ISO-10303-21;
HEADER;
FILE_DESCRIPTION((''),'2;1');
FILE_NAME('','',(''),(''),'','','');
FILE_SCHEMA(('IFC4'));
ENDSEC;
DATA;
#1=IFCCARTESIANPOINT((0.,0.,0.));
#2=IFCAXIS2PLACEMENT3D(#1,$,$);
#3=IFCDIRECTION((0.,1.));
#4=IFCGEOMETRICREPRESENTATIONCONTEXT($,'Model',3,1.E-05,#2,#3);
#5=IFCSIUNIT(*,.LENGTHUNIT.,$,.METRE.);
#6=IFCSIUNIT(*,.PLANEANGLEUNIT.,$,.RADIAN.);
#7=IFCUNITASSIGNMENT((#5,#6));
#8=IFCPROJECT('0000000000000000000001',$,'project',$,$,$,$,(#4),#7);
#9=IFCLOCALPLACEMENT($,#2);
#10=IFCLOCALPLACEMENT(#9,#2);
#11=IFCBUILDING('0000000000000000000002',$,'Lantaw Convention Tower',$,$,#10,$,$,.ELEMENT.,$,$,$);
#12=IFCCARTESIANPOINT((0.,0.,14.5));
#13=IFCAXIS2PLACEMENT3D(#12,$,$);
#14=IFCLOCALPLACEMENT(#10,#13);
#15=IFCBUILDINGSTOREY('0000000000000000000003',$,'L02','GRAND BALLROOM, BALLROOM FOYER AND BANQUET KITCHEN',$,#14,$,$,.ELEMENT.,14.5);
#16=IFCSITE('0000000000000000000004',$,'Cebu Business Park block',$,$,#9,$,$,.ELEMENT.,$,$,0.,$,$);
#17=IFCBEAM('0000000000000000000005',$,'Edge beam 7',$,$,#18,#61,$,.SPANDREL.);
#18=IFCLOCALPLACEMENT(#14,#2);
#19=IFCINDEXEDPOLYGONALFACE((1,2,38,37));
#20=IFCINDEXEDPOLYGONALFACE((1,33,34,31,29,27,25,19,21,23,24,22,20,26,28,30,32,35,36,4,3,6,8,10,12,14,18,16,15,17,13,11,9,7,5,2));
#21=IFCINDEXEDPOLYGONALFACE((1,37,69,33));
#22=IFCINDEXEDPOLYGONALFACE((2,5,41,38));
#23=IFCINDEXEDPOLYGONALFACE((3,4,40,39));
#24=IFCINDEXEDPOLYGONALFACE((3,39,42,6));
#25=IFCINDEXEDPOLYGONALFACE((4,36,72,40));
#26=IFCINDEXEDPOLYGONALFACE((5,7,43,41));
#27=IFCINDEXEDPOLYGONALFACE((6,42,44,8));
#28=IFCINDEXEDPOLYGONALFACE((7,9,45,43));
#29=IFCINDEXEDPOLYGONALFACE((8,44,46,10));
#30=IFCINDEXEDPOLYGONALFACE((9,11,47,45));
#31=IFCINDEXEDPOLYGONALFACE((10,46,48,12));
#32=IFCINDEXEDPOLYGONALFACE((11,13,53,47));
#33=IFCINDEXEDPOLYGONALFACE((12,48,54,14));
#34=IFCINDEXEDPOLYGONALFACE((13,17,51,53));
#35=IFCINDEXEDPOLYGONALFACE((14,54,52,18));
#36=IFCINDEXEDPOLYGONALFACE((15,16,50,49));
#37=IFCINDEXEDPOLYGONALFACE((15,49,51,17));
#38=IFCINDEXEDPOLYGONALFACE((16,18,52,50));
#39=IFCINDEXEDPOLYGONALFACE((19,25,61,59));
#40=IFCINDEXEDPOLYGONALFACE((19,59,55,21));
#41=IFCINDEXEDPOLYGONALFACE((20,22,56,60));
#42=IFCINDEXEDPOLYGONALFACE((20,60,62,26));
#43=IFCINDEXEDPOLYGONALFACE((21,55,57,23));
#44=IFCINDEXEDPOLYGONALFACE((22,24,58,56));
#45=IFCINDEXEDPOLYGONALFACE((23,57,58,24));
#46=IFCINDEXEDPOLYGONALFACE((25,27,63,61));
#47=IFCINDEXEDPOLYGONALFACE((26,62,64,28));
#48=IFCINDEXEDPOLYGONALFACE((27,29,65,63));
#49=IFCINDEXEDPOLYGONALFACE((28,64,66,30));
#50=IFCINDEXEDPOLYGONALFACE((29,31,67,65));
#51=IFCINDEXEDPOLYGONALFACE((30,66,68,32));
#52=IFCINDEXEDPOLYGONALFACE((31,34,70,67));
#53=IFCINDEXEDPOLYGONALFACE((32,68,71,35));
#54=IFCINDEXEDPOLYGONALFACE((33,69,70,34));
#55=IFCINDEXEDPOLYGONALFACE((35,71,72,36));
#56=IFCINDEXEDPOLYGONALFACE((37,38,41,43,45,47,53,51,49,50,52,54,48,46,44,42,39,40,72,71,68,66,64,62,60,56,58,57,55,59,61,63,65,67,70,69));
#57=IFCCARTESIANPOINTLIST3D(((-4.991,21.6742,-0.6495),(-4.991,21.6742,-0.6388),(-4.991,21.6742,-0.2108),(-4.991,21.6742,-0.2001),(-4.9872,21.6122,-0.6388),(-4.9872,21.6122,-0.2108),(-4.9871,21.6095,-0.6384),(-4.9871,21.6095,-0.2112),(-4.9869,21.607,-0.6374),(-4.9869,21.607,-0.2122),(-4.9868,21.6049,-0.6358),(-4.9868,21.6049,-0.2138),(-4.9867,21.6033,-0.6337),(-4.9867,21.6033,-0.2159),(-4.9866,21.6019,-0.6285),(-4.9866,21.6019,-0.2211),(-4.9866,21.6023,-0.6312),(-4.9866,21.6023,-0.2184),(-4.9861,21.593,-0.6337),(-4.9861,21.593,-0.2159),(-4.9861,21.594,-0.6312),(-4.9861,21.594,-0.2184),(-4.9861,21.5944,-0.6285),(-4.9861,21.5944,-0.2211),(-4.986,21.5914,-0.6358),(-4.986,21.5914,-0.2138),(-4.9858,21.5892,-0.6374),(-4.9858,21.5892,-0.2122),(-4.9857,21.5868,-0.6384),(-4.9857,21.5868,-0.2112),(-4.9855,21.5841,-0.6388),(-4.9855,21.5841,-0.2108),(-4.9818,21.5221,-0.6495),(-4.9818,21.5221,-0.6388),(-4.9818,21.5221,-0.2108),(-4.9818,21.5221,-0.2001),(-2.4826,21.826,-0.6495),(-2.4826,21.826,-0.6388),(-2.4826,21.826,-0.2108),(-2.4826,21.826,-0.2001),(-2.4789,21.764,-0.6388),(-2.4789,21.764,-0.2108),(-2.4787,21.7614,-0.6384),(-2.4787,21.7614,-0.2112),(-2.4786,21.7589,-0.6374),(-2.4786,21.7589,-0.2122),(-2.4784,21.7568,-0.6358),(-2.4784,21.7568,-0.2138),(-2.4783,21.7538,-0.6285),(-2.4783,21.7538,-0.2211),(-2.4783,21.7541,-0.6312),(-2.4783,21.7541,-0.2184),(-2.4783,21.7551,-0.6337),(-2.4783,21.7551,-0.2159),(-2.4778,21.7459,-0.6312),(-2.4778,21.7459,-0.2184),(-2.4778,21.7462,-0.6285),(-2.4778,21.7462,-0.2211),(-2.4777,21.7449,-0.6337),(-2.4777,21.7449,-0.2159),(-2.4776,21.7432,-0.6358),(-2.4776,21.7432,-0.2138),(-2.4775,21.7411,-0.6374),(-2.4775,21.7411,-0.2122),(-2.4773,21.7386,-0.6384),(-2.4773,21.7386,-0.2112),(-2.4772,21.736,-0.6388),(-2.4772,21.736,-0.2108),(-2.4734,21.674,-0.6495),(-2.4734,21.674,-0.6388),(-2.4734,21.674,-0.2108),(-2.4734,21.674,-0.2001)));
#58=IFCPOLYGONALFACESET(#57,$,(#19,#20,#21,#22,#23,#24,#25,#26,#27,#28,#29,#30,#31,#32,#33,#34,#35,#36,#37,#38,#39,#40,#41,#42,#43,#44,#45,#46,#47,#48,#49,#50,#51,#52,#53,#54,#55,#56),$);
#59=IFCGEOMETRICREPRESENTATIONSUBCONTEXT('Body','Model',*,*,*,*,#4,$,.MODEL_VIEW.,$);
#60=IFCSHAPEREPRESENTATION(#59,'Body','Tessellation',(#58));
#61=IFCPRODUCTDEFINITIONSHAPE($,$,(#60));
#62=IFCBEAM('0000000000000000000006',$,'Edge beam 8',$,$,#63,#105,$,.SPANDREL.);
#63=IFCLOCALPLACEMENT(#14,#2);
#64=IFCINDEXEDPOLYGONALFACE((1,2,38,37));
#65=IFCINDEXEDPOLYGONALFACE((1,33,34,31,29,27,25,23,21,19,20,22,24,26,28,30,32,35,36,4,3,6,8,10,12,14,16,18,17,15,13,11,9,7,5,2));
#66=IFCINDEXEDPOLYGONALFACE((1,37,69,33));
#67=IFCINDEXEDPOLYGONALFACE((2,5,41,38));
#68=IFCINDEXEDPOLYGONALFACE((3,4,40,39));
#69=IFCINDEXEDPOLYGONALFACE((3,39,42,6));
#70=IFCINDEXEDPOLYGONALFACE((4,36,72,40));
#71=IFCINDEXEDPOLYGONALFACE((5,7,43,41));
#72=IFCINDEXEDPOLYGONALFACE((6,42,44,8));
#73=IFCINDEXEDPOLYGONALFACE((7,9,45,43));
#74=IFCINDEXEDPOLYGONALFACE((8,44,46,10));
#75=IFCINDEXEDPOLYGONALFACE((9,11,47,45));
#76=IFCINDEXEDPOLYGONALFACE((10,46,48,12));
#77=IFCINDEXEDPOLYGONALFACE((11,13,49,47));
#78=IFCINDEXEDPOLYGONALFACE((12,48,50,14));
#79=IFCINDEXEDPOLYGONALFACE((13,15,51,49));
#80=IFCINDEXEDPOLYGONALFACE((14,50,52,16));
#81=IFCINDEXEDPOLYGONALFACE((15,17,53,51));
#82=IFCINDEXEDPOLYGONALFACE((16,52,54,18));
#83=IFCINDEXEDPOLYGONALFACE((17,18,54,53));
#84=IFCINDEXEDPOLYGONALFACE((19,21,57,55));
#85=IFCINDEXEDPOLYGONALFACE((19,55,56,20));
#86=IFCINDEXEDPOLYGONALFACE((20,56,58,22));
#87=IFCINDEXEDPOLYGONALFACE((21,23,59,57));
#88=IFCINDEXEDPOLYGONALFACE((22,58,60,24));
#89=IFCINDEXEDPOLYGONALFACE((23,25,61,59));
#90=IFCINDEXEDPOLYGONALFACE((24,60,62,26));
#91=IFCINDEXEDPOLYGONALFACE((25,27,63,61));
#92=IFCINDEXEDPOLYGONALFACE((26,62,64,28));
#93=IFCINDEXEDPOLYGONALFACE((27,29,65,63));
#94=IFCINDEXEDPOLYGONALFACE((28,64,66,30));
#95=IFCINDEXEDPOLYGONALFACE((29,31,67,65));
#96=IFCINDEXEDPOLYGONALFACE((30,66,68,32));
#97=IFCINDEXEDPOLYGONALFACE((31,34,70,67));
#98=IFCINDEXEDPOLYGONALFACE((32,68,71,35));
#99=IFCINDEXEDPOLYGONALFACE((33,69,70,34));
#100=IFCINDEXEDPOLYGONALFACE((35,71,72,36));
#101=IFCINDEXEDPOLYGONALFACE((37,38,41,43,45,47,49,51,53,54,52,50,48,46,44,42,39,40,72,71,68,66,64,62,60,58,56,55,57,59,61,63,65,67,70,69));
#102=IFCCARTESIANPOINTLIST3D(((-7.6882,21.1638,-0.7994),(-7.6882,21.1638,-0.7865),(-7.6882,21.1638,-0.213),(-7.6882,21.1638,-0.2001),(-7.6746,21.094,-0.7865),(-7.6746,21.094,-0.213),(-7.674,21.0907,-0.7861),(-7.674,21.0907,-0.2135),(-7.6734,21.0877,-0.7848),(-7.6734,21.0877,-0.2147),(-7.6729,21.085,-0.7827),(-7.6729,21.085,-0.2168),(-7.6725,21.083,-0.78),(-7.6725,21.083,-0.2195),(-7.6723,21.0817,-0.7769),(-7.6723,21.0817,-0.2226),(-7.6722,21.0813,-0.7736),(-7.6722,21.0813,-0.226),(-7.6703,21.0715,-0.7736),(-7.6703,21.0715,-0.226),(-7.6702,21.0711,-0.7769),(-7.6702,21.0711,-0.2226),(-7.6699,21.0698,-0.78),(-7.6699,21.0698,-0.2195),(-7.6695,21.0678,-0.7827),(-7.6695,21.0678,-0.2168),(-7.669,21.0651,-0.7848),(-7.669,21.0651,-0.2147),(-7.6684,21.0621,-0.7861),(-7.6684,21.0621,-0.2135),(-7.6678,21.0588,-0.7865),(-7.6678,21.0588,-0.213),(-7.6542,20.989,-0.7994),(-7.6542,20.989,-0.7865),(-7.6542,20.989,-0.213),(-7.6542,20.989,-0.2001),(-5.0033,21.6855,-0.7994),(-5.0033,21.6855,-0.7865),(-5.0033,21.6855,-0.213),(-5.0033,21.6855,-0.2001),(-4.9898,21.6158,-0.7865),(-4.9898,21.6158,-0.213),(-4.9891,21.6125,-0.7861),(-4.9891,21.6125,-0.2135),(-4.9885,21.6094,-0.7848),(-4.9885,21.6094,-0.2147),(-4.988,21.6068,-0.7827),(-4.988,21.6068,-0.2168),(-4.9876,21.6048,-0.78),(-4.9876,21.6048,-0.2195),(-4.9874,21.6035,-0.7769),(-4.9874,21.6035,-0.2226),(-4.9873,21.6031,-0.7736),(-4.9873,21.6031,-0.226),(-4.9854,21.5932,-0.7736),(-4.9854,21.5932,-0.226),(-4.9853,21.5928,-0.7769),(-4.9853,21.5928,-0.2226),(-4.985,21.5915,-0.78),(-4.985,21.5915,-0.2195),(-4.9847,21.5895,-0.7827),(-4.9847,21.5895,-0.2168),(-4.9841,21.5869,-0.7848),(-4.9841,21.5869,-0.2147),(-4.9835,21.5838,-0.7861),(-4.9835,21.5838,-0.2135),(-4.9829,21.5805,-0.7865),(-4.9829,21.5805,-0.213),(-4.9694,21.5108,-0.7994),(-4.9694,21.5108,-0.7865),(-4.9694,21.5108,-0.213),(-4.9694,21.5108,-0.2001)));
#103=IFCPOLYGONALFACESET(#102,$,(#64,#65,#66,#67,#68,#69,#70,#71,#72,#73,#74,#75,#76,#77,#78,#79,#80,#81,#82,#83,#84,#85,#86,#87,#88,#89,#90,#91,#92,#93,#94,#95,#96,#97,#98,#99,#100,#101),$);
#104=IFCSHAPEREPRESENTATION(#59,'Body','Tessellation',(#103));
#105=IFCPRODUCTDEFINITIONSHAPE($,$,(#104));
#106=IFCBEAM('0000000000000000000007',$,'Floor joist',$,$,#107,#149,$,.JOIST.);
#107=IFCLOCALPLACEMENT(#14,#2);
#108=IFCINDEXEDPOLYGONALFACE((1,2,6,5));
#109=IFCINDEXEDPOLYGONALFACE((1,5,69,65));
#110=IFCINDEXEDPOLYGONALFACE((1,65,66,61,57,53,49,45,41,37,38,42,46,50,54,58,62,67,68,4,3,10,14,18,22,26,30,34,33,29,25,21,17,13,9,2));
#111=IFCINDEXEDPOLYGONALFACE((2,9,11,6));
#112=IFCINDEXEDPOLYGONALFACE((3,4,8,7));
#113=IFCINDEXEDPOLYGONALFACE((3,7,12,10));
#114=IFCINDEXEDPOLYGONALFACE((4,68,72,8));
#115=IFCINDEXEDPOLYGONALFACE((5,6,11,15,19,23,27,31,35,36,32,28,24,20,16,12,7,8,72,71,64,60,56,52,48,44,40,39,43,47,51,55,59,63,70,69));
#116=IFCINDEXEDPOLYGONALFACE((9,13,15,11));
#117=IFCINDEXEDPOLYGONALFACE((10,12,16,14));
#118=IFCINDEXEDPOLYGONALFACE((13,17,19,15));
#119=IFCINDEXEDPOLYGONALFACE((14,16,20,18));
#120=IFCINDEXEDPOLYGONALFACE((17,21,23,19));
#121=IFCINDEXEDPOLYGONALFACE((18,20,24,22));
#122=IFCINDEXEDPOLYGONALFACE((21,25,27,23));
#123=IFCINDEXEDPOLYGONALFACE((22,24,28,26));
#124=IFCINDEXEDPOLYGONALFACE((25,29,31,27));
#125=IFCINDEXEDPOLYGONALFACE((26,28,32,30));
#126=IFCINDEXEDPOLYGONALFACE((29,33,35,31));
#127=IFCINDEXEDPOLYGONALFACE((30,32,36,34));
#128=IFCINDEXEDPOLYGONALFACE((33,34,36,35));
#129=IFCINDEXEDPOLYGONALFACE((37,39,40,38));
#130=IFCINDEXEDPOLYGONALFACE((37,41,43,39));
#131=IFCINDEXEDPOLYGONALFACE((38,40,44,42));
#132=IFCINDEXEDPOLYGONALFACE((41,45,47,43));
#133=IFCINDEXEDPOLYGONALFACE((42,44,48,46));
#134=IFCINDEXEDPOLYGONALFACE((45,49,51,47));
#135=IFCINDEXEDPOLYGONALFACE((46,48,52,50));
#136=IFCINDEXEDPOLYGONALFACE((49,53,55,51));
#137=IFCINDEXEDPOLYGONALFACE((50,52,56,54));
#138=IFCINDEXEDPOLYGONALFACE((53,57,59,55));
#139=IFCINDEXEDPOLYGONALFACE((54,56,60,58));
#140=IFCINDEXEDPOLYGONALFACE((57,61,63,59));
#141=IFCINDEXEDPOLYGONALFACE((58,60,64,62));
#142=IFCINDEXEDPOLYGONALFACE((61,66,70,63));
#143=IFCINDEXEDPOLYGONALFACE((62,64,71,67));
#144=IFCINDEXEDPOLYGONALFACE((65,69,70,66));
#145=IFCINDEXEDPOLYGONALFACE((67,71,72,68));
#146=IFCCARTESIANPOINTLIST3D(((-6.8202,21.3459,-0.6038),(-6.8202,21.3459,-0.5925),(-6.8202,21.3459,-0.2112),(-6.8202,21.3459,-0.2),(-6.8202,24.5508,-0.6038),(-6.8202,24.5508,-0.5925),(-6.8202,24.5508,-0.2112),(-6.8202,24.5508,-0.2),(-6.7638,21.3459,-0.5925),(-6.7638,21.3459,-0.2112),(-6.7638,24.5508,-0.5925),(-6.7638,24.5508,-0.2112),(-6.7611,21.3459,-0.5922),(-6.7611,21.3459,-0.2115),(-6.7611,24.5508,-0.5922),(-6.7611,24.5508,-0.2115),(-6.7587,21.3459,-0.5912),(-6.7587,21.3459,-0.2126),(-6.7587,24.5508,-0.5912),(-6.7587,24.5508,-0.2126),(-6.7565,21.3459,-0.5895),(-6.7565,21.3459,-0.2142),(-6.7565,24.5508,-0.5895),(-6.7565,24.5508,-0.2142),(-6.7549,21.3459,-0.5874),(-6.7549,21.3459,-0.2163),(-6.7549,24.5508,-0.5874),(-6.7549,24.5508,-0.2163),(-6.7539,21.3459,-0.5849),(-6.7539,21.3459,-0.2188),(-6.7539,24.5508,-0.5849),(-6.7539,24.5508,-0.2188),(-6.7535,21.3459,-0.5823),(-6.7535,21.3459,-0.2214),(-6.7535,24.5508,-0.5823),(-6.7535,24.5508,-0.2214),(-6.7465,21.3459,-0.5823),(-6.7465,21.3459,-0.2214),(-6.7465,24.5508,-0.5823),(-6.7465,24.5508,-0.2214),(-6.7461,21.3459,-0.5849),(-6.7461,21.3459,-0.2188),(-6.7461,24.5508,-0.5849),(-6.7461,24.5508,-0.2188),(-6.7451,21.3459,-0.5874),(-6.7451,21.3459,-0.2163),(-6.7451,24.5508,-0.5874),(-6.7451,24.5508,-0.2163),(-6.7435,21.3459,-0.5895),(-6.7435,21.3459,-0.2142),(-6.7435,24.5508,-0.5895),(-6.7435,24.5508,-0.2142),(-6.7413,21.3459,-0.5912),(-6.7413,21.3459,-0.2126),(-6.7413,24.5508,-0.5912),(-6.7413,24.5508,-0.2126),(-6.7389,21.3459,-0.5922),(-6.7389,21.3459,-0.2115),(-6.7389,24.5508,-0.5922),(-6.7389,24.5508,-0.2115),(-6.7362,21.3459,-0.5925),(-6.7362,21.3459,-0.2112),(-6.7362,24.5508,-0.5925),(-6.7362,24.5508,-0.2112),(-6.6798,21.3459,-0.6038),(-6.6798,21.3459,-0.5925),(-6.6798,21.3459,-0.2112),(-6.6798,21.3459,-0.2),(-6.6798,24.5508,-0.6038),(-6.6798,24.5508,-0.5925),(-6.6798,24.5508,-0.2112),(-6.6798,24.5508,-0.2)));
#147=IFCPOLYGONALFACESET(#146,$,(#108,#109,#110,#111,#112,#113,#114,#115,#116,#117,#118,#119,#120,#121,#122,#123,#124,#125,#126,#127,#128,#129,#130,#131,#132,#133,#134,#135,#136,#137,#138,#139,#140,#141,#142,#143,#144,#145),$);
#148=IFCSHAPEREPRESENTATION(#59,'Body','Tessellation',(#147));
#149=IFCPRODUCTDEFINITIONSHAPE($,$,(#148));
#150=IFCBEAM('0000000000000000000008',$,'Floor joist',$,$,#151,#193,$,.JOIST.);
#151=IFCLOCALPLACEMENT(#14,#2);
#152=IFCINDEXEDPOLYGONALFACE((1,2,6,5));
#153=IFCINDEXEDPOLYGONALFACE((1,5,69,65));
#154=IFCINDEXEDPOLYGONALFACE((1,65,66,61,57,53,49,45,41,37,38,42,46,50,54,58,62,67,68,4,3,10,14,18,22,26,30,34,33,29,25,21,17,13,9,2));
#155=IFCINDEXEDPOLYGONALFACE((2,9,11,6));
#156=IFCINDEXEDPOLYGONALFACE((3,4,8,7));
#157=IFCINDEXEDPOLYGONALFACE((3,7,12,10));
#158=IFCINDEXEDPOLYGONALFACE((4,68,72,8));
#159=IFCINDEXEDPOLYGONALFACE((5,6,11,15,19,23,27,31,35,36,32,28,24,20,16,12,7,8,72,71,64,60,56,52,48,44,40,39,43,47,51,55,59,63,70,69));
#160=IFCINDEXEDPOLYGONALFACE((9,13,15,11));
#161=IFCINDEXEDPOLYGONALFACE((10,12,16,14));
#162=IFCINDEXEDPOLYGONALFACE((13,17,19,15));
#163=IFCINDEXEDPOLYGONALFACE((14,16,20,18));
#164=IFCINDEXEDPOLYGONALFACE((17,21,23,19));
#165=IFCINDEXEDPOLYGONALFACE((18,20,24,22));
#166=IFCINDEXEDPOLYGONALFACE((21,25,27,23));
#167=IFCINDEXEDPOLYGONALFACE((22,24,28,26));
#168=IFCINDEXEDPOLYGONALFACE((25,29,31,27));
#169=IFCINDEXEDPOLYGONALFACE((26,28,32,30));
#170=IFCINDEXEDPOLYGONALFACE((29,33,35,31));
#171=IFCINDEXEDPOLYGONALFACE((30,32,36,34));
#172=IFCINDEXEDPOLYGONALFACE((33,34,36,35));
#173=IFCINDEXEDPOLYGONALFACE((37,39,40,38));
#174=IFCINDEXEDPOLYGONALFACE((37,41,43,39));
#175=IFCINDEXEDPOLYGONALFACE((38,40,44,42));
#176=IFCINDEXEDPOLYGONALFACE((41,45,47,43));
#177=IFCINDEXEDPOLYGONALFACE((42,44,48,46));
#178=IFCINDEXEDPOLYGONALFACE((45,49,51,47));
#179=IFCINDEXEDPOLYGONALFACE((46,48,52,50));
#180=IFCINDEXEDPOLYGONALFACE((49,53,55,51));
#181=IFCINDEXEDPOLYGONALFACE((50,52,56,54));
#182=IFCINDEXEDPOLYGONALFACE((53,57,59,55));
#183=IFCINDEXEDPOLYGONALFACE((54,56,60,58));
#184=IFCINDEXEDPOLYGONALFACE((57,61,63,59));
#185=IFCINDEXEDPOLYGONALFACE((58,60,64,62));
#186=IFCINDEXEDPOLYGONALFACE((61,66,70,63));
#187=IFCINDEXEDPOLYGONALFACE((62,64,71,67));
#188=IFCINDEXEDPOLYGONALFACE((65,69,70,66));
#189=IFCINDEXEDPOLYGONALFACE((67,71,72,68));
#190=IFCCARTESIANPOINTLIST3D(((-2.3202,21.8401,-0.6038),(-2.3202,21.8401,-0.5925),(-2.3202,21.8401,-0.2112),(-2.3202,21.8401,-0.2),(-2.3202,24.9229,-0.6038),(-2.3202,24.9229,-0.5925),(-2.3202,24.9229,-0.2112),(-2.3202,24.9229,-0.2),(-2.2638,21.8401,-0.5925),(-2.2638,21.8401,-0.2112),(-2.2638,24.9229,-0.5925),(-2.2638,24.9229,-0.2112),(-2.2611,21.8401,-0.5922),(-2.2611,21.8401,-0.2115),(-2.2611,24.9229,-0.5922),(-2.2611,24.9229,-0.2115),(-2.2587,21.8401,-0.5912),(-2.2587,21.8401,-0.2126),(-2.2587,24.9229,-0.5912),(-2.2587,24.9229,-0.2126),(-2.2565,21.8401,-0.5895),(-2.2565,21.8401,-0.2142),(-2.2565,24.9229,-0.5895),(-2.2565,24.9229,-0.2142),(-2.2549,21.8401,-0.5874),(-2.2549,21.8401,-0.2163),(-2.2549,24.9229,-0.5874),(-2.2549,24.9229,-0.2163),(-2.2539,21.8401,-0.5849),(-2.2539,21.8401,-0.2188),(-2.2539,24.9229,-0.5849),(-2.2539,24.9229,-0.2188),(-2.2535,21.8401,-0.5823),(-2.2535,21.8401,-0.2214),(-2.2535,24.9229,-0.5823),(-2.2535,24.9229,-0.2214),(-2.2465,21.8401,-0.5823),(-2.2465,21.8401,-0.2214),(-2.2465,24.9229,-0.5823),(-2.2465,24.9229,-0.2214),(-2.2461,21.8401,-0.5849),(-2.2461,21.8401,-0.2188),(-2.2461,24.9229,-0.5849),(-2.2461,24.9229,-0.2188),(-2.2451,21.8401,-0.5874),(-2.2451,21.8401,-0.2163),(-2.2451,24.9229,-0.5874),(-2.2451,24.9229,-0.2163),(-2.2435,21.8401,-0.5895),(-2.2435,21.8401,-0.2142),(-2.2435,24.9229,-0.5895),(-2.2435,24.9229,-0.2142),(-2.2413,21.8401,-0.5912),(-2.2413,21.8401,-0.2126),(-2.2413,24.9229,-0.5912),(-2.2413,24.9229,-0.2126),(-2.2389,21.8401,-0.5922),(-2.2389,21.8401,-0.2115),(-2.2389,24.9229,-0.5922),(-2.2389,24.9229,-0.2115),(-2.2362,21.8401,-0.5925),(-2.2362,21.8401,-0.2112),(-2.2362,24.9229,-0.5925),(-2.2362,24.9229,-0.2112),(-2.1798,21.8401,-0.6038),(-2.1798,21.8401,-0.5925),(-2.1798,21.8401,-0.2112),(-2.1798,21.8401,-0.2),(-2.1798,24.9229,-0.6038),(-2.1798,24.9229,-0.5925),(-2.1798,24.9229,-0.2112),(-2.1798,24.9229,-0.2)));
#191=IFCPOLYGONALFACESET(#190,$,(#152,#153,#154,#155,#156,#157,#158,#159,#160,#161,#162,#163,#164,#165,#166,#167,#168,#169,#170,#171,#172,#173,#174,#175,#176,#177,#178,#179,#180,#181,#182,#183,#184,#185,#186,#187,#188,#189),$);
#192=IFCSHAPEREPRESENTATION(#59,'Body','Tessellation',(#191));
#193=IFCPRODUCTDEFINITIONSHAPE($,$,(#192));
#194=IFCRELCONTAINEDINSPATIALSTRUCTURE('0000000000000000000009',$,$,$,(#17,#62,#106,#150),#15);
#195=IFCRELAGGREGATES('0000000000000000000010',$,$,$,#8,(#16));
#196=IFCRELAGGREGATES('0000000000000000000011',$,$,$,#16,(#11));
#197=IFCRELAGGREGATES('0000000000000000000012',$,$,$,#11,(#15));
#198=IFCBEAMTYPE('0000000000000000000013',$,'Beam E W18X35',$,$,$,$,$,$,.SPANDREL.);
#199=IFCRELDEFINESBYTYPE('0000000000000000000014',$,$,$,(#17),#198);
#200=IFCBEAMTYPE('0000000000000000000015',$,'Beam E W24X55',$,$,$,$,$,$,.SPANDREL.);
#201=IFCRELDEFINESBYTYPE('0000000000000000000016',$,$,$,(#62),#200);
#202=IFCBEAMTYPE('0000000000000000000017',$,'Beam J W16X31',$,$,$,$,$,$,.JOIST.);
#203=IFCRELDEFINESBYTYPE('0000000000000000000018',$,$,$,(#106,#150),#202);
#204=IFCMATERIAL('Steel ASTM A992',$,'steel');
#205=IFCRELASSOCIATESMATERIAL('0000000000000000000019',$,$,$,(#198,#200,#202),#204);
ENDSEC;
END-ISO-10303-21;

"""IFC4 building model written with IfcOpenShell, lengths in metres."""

from ifc_helpers import new_model, si_unit, direction, frame, origin, origin_2d, place, context, subcontext, project, spatial, i_section, extrude, material, material_profile, profile_set, type_object, element, save


model = new_model("IFC4")

# Units and contexts
model_context = context("Model", 3, precision=1e-05, world=origin(), true_north=direction((0.0, 1.0)))
body_context = subcontext(model_context, "Body", "Model", "MODEL_VIEW")
ifc_project = project(units=[si_unit("LENGTHUNIT", "METRE"), si_unit("PLANEANGLEUNIT", "RADIAN")], contexts=[model_context])

# Site, building, storey
site_placement = place(None, origin())
site = spatial("IfcSite", under=ifc_project, at=site_placement, Name="Cebu Business Park block", CompositionType="ELEMENT", RefElevation=0.0)
building_placement = place(site_placement, origin())
building = spatial("IfcBuilding", under=site, at=building_placement, Name="Lantaw Convention Tower", CompositionType="ELEMENT")
storey_placement = place(building_placement, frame((0.0, 0.0, 14.5)))
storey = spatial("IfcBuildingStorey", under=building, at=storey_placement, Name="L02", Description="GRAND BALLROOM, BALLROOM FOYER AND BANQUET KITCHEN", CompositionType="ELEMENT", Elevation=14.5)

# Beams
ifc_material_1 = material(Name="Steel ASTM A992", Category="steel")
ifc_material_profile_1 = material_profile(ifc_material_1, i_section(OverallWidth=0.1523, OverallDepth=0.4495, WebThickness=0.0076, FlangeThickness=0.0107, FilletRadius=0.0103, at=origin_2d()), Name="W18X35")
ifc_profile_set_1 = profile_set([ifc_material_profile_1], Name="Steel ASTM A992")
beam_type_1 = type_object("IfcBeamType", Name="Beam E W18X35", PredefinedType="SPANDREL", material=ifc_profile_set_1)
beam_1_placement = place(storey_placement, frame((-2.478, 21.75, -0.4248), z_axis=(-0.998172, -0.060431, 0.0), x_axis=(0.060431, -0.998172, 0.0)))
element("IfcBeam", 1, at=beam_1_placement, inside=storey, type_object=beam_type_1, Name="Edge beam 7", PredefinedType="SPANDREL", context=body_context, shape_type="SweptSolid", body=[
    extrude(i_section(OverallWidth=0.1523, OverallDepth=0.4495, WebThickness=0.0076, FlangeThickness=0.0107, FilletRadius=0.0103, at=origin_2d()), origin(), (0.0, 0.0, 1.0), 2.5129),
])
ifc_material_profile_2 = material_profile(ifc_material_1, i_section(OverallWidth=0.178, OverallDepth=0.5994, WebThickness=0.01, FlangeThickness=0.0129, FilletRadius=0.0129, at=origin_2d()), Name="W24X55")
ifc_profile_set_2 = profile_set([ifc_material_profile_2], Name="Steel ASTM A992")
beam_type_2 = type_object("IfcBeamType", Name="Beam E W24X55", PredefinedType="SPANDREL", material=ifc_profile_set_2)
beam_2_placement = place(storey_placement, frame((-4.9863, 21.5981, -0.4998), z_axis=(-0.981637, -0.190757, 0.0), x_axis=(0.190757, -0.981637, 0.0)))
element("IfcBeam", 2, at=beam_2_placement, inside=storey, type_object=beam_type_2, Name="Edge beam 8", PredefinedType="SPANDREL", context=body_context, shape_type="SweptSolid", body=[
    extrude(i_section(OverallWidth=0.178, OverallDepth=0.5994, WebThickness=0.01, FlangeThickness=0.0129, FilletRadius=0.0129, at=origin_2d()), origin(), (0.0, 0.0, 1.0), 2.7351),
])
ifc_material_profile_3 = material_profile(ifc_material_1, i_section(OverallWidth=0.1404, OverallDepth=0.4038, WebThickness=0.0071, FlangeThickness=0.0112, FilletRadius=0.0103, at=origin_2d()), Name="W16X31")
ifc_profile_set_3 = profile_set([ifc_material_profile_3], Name="Steel ASTM A992")
beam_type_3 = type_object("IfcBeamType", Name="Beam J W16X31", PredefinedType="JOIST", material=ifc_profile_set_3)
beam_3_placement = place(storey_placement, frame((-6.75, 21.3459, -0.4019), z_axis=(0.0, 1.0, 0.0), x_axis=(-1.0, 0.0, 0.0)))
element("IfcBeam", 3, at=beam_3_placement, inside=storey, type_object=beam_type_3, Name="Floor joist", PredefinedType="JOIST", context=body_context, shape_type="SweptSolid", body=[
    extrude(i_section(OverallWidth=0.1404, OverallDepth=0.4038, WebThickness=0.0071, FlangeThickness=0.0112, FilletRadius=0.0103, at=origin_2d()), origin(), (0.0, 0.0, 1.0), 3.2048),
])
beam_4_placement = place(storey_placement, frame((-2.25, 21.8401, -0.4019), z_axis=(0.0, 1.0, 0.0), x_axis=(-1.0, 0.0, 0.0)))
element("IfcBeam", 4, at=beam_4_placement, inside=storey, type_object=beam_type_3, Name="Floor joist", PredefinedType="JOIST", context=body_context, shape_type="SweptSolid", body=[
    extrude(i_section(OverallWidth=0.1404, OverallDepth=0.4038, WebThickness=0.0071, FlangeThickness=0.0112, FilletRadius=0.0103, at=origin_2d()), origin(), (0.0, 0.0, 1.0), 3.0828),
])

save(model, "model.ifc")
